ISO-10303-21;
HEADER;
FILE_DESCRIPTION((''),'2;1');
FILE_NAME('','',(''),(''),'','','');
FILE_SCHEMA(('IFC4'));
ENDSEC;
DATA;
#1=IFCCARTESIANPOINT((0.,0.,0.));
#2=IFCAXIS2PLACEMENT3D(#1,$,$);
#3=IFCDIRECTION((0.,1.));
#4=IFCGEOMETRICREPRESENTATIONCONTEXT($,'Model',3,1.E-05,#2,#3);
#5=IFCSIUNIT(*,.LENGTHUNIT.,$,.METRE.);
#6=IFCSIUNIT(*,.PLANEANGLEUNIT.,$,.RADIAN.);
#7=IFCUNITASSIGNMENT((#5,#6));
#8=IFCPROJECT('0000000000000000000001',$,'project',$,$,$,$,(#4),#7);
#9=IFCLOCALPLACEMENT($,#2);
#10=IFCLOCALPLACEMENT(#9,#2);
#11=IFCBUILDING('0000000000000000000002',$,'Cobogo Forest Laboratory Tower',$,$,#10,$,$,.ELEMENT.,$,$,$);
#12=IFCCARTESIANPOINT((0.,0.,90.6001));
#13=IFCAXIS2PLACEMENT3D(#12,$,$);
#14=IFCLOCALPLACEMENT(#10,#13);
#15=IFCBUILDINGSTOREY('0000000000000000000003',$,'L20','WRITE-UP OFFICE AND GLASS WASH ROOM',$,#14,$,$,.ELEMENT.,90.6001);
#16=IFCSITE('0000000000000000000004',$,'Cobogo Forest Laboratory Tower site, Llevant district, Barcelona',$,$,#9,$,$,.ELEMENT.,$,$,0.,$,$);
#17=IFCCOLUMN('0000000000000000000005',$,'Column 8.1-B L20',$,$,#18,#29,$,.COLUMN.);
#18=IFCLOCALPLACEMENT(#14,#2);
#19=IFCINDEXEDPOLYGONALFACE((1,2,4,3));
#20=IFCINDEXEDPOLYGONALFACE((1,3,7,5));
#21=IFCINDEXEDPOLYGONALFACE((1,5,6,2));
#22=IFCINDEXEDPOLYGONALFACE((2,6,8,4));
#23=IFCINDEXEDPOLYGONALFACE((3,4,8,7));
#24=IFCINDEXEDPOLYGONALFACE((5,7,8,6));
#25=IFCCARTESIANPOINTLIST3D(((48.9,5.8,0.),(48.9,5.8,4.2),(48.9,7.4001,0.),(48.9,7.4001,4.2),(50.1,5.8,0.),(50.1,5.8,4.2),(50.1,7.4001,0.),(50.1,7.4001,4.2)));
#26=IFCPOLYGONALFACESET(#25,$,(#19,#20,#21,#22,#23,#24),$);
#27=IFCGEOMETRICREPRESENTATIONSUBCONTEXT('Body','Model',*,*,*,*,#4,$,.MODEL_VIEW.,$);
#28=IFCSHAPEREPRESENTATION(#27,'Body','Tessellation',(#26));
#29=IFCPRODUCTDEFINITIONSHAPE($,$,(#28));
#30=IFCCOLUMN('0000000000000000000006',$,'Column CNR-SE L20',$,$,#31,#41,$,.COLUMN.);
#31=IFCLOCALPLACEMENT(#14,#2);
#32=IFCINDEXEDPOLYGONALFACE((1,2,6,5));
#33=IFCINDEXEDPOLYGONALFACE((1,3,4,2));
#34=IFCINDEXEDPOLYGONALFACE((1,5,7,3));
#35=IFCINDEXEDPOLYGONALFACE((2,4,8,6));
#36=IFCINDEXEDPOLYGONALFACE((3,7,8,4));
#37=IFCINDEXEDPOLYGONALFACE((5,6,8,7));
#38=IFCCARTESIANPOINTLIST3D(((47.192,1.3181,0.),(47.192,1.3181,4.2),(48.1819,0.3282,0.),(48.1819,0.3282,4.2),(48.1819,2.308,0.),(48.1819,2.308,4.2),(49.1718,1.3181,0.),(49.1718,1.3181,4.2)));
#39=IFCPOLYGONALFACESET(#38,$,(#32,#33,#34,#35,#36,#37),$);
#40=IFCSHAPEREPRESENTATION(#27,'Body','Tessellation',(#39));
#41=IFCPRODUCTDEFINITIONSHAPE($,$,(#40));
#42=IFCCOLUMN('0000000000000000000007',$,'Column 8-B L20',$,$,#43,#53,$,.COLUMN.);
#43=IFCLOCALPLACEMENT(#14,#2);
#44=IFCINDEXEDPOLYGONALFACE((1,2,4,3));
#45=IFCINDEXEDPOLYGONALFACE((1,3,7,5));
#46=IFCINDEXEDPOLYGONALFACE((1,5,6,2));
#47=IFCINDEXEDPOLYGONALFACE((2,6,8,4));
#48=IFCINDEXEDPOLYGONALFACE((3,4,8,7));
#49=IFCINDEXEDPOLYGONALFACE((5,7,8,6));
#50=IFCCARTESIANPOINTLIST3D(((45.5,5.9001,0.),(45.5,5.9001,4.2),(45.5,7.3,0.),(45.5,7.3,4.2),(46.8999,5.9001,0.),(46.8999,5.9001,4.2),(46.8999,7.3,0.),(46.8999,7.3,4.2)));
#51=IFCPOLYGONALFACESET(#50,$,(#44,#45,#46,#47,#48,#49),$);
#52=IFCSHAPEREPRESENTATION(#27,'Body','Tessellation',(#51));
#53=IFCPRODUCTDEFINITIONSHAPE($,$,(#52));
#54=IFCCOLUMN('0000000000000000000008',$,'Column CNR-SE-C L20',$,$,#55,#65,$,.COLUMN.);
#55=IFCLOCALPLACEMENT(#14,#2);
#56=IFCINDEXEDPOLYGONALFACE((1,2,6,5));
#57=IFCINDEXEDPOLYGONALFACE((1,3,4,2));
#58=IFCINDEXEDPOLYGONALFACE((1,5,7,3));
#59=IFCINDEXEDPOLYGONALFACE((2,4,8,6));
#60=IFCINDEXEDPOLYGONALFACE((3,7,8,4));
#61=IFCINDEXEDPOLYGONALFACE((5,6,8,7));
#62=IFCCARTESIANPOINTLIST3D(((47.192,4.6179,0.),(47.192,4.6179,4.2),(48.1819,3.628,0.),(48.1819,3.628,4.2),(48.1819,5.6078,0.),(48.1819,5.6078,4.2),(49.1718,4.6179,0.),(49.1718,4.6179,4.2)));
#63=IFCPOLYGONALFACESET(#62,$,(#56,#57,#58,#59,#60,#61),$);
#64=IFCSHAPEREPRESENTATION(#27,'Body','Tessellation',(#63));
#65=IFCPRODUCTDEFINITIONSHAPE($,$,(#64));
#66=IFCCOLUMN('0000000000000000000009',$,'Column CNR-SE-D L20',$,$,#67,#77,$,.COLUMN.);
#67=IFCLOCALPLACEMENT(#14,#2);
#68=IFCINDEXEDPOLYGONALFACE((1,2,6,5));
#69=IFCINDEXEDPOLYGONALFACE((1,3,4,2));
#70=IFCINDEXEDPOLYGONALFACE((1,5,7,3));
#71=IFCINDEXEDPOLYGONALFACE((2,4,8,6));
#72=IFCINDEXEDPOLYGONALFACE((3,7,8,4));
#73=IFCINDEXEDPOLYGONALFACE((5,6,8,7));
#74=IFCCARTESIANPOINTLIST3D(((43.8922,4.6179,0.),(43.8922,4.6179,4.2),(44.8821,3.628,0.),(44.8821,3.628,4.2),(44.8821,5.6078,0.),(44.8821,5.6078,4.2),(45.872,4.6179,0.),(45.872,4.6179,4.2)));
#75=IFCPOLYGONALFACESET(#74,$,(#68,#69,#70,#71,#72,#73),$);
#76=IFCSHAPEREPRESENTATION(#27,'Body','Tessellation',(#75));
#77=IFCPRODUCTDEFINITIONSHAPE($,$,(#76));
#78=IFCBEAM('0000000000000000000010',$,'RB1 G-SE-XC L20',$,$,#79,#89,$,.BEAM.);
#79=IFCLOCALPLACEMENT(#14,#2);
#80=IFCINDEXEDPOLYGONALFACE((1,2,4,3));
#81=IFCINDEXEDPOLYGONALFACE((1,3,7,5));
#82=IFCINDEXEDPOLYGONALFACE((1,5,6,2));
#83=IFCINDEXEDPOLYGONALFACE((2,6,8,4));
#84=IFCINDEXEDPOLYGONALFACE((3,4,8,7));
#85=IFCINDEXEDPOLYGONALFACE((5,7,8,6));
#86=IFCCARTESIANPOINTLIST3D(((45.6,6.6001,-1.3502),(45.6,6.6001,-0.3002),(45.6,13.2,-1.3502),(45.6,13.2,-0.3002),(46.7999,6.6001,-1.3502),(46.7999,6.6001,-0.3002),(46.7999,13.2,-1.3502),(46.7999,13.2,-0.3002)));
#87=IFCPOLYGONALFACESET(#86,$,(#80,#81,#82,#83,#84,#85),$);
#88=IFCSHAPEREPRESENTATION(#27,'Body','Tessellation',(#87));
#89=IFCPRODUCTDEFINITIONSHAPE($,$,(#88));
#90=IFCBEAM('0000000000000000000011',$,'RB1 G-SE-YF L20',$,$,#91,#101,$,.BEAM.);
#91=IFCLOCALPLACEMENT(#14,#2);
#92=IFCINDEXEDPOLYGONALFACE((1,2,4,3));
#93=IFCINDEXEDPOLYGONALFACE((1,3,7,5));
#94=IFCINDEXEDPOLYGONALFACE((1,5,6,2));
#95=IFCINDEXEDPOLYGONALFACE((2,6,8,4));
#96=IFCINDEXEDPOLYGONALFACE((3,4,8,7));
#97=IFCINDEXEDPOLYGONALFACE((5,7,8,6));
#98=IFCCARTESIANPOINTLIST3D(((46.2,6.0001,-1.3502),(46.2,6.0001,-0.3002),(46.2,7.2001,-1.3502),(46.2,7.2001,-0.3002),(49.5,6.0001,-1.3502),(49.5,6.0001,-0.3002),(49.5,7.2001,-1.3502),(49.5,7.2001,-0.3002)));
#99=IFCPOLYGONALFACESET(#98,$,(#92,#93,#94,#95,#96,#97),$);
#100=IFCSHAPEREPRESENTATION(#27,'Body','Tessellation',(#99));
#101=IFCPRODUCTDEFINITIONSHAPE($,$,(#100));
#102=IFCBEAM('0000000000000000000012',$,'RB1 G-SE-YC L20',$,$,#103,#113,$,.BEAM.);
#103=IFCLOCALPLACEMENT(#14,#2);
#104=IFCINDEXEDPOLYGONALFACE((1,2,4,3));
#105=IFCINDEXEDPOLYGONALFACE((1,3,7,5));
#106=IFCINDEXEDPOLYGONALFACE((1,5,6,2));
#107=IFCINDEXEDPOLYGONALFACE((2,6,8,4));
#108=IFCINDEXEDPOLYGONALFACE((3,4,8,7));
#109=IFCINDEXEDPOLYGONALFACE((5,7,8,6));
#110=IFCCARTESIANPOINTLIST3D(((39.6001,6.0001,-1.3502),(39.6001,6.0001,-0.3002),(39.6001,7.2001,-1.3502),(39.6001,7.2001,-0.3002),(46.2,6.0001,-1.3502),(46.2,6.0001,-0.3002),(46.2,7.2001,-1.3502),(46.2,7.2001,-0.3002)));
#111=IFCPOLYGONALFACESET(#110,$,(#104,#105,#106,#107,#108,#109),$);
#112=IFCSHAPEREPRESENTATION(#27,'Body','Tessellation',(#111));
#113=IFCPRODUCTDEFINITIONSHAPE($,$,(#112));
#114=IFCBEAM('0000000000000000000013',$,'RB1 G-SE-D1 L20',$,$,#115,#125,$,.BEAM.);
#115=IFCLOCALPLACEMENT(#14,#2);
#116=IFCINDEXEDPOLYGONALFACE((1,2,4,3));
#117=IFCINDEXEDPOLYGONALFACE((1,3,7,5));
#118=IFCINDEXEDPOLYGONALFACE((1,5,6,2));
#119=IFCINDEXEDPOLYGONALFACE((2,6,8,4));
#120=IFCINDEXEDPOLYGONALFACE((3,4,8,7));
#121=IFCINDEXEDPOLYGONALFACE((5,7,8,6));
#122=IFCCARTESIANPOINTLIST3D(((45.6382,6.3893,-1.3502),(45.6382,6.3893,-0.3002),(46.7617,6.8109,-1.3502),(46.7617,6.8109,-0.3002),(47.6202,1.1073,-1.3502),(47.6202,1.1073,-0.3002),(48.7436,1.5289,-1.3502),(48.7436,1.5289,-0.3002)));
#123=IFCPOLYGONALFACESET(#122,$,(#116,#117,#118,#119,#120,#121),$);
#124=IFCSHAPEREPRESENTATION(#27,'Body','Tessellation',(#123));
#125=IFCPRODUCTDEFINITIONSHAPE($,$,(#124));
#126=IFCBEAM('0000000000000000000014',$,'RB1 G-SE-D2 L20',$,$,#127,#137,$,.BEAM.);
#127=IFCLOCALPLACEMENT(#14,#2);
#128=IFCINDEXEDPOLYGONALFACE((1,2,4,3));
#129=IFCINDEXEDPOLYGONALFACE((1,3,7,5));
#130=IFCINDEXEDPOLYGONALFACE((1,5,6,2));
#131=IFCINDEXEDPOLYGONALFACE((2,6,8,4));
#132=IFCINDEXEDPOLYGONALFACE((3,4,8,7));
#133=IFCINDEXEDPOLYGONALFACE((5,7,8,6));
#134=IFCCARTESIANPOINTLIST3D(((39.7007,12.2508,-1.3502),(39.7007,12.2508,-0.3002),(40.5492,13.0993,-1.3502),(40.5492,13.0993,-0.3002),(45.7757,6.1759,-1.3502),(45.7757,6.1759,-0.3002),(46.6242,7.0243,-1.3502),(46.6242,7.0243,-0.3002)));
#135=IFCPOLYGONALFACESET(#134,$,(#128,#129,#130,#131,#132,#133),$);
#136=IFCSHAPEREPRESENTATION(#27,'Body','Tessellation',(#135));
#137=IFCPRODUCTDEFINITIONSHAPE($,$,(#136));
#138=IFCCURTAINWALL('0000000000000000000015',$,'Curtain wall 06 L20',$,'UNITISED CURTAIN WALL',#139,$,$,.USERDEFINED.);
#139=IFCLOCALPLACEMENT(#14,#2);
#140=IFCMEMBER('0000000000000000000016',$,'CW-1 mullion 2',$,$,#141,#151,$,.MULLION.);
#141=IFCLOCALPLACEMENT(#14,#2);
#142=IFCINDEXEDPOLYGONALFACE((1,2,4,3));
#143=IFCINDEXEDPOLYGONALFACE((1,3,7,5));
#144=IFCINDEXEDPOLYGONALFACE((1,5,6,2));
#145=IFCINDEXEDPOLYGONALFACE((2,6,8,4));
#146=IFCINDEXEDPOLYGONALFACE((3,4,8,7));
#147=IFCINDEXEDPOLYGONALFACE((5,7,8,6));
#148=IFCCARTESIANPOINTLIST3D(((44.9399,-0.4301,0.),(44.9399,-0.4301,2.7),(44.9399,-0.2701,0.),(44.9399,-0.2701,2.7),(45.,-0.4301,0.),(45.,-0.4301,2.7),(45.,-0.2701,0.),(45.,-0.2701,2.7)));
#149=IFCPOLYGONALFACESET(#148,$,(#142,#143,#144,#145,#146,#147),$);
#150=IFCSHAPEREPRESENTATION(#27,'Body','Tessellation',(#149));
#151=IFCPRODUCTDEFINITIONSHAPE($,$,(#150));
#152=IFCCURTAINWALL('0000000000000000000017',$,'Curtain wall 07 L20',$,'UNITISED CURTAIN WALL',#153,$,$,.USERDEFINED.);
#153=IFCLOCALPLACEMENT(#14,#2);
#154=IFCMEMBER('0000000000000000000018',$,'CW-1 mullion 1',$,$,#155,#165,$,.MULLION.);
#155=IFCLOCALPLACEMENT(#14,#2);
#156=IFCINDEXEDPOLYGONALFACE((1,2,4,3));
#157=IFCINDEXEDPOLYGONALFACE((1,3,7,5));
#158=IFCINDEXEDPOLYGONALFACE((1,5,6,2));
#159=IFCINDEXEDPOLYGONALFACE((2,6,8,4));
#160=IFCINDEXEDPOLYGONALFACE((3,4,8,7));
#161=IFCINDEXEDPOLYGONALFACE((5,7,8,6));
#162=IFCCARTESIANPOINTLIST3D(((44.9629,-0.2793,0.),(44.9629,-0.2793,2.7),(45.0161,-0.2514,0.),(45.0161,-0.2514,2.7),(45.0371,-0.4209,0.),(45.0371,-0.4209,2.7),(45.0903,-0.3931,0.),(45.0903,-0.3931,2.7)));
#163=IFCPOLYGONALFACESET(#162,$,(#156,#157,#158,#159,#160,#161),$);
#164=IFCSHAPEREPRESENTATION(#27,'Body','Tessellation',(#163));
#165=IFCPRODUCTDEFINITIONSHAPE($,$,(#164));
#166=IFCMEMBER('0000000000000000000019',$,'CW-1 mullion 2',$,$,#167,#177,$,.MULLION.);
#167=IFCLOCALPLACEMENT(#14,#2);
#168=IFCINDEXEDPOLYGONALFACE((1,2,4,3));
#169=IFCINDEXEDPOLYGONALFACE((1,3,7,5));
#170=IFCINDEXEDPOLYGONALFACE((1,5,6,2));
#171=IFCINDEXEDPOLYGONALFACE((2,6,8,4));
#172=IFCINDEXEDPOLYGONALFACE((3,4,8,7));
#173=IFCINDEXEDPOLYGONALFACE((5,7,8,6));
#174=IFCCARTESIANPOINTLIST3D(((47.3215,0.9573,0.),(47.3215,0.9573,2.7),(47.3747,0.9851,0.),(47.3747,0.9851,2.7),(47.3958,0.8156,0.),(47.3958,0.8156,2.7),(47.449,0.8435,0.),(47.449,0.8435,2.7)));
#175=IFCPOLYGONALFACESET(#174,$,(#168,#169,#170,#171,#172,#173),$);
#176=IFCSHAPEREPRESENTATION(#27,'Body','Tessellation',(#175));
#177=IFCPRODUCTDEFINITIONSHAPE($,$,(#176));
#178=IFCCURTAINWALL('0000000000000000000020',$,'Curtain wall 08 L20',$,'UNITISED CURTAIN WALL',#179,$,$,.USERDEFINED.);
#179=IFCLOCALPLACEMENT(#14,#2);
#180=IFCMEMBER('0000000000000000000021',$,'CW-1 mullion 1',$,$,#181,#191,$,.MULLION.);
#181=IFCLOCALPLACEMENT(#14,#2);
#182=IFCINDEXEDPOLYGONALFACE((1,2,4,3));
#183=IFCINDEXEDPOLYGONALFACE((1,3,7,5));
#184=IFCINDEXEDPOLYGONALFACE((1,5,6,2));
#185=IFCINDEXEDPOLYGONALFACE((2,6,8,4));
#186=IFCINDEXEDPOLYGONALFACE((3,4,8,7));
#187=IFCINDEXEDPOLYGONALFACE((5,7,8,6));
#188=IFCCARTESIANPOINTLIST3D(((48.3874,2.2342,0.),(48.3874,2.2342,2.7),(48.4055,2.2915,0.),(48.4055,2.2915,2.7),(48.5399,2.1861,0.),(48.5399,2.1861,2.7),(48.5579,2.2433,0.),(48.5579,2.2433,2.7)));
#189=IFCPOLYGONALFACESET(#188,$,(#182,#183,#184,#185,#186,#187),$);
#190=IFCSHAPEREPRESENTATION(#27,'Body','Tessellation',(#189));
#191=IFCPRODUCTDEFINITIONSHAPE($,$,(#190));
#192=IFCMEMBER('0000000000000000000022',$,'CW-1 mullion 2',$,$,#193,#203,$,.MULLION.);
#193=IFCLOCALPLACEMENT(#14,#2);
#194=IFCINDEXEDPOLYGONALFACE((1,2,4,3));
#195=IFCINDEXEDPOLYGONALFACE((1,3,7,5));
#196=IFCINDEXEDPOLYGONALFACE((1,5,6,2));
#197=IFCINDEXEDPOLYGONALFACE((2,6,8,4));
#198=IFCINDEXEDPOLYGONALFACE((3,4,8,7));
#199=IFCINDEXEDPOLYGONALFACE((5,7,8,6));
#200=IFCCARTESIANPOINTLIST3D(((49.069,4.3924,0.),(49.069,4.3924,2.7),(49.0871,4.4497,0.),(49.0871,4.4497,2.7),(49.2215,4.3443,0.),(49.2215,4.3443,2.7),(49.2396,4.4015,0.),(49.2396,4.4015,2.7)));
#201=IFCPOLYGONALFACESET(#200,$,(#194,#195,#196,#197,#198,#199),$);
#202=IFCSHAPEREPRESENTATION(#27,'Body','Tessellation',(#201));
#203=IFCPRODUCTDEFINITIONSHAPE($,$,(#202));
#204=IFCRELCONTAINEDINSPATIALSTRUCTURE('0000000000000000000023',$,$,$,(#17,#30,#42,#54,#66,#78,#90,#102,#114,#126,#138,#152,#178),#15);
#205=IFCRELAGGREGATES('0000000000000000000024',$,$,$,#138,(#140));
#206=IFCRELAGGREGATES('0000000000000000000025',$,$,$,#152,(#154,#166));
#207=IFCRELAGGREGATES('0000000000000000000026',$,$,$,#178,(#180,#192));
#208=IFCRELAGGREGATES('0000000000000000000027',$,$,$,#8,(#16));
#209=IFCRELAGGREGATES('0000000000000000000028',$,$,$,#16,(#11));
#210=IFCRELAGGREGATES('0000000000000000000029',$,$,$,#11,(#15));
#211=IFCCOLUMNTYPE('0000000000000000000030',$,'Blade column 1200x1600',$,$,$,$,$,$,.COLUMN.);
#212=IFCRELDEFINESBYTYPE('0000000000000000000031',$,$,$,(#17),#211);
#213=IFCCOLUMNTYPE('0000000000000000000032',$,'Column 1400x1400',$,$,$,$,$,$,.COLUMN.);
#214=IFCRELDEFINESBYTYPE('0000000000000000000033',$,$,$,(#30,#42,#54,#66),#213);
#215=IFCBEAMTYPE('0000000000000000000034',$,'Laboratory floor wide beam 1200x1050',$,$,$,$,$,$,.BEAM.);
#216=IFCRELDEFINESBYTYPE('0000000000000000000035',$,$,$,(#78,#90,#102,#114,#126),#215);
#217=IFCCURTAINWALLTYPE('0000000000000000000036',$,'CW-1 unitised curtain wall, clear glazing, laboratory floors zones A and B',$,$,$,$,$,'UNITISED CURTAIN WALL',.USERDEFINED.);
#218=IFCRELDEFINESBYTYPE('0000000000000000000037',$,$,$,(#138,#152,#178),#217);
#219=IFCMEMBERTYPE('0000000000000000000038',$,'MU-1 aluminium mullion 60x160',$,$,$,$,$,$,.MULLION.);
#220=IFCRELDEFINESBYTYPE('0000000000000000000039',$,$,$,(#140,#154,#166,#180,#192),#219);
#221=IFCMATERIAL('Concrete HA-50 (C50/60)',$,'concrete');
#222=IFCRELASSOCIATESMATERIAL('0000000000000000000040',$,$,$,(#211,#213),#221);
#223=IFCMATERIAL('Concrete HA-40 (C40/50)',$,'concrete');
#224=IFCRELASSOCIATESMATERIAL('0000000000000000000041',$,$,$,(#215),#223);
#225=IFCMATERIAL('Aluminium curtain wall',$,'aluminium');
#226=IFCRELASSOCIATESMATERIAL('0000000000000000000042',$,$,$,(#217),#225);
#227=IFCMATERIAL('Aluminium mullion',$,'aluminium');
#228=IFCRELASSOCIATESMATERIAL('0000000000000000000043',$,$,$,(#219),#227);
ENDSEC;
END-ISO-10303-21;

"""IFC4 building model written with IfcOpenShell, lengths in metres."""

from ifc_helpers import new_model, si_unit, direction, frame, origin, origin_2d, place, context, subcontext, project, spatial, rectangle, extrude, material, material_profile, profile_set, type_object, element, aggregate, save


model = new_model("IFC4")

# Units and contexts
model_context = context("Model", 3, precision=1e-05, world=origin(), true_north=direction((0.0, 1.0)))
body_context = subcontext(model_context, "Body", "Model", "MODEL_VIEW")
ifc_project = project(units=[si_unit("LENGTHUNIT", "METRE"), si_unit("PLANEANGLEUNIT", "RADIAN")], contexts=[model_context])

# Site, building, storey
site_placement = place(None, origin())
site = spatial("IfcSite", under=ifc_project, at=site_placement, Name="Cobogo Forest Laboratory Tower site, Llevant district, Barcelona", CompositionType="ELEMENT", RefElevation=0.0)
building_placement = place(site_placement, origin())
building = spatial("IfcBuilding", under=site, at=building_placement, Name="Cobogo Forest Laboratory Tower", CompositionType="ELEMENT")
storey_placement = place(building_placement, frame((0.0, 0.0, 90.6001)))
storey = spatial("IfcBuildingStorey", under=building, at=storey_placement, Name="L20", Description="WRITE-UP OFFICE AND GLASS WASH ROOM", CompositionType="ELEMENT", Elevation=90.6001)

# Columns
ifc_material_1 = material(Name="Concrete HA-50 (C50/60)", Category="concrete")
ifc_material_profile_1 = material_profile(ifc_material_1, rectangle(XDim=1.6001, YDim=1.2, at=origin_2d()), Name="RC 1200x1600")
ifc_profile_set_1 = profile_set([ifc_material_profile_1], Name="Concrete HA-50 (C50/60)")
column_type_1 = type_object("IfcColumnType", Name="Blade column 1200x1600", PredefinedType="COLUMN", material=ifc_profile_set_1)
column_placement = place(storey_placement, frame((49.5, 6.6001, 0.0), z_axis=(0.0, 0.0, 1.0), x_axis=(0.0, 1.0, 0.0)))
element("IfcColumn", 1, at=column_placement, inside=storey, type_object=column_type_1, Name="Column 8.1-B L20", PredefinedType="COLUMN", context=body_context, shape_type="SweptSolid", body=[
    extrude(rectangle(XDim=1.6001, YDim=1.2, at=origin_2d()), origin(), (0.0, 0.0, 1.0), 4.2),
])
ifc_material_profile_2 = material_profile(ifc_material_1, rectangle(XDim=1.3999, YDim=1.3999, at=origin_2d()), Name="RC 1400x1400")
ifc_profile_set_2 = profile_set([ifc_material_profile_2], Name="Concrete HA-50 (C50/60)")
column_type_2 = type_object("IfcColumnType", Name="Column 1400x1400", PredefinedType="COLUMN", material=ifc_profile_set_2)
for number, where, z_axis, x_axis, name in (
    (2, (48.1819, 1.3181, 0.0), (0.0, 0.0, 1.0), (0.707107, 0.707107, 0.0), "Column CNR-SE L20"),
    (3, (46.2, 6.6001, 0.0), (0.0, 0.0, 1.0), (1.0, 0.0, 0.0), "Column 8-B L20"),
    (4, (48.1819, 4.6179, 0.0), (0.0, 0.0, 1.0), (0.707107, 0.707107, 0.0), "Column CNR-SE-C L20"),
    (5, (44.8821, 4.6179, 0.0), (0.0, 0.0, 1.0), (0.707107, 0.707107, 0.0), "Column CNR-SE-D L20"),
):
    element("IfcColumn", number, at=place(storey_placement, frame(where, z_axis=z_axis, x_axis=x_axis)), inside=storey, type_object=column_type_2, Name=name, PredefinedType="COLUMN", context=body_context, shape_type="SweptSolid", body=[
        extrude(rectangle(XDim=1.3999, YDim=1.3999, at=origin_2d()), origin(), (0.0, 0.0, 1.0), 4.2),
    ])

# Beams
ifc_material_2 = material(Name="Concrete HA-40 (C40/50)", Category="concrete")
ifc_material_profile_3 = material_profile(ifc_material_2, rectangle(XDim=1.2, YDim=1.05, at=origin_2d()), Name="RC 1200x1050")
ifc_profile_set_3 = profile_set([ifc_material_profile_3], Name="Concrete HA-40 (C40/50)")
beam_type_1 = type_object("IfcBeamType", Name="Laboratory floor wide beam 1200x1050", PredefinedType="BEAM", material=ifc_profile_set_3)
beam_1_placement = place(storey_placement, frame((46.2, 6.6001, -0.8252), z_axis=(0.0, 1.0, 0.0), x_axis=(-1.0, 0.0, 0.0)))
element("IfcBeam", 6, at=beam_1_placement, inside=storey, type_object=beam_type_1, Name="RB1 G-SE-XC L20", PredefinedType="BEAM", context=body_context, shape_type="SweptSolid", body=[
    extrude(rectangle(XDim=1.2, YDim=1.05, at=origin_2d()), origin(), (0.0, 0.0, 1.0), 6.5999),
])
beam_2_placement = place(storey_placement, frame((49.5, 6.6001, -0.8252), z_axis=(-1.0, 0.0, 0.0), x_axis=(0.0, -1.0, 0.0)))
element("IfcBeam", 7, at=beam_2_placement, inside=storey, type_object=beam_type_1, Name="RB1 G-SE-YF L20", PredefinedType="BEAM", context=body_context, shape_type="SweptSolid", body=[
    extrude(rectangle(XDim=1.2, YDim=1.05, at=origin_2d()), origin(), (0.0, 0.0, 1.0), 3.3),
])
beam_3_placement = place(storey_placement, frame((46.2, 6.6001, -0.8252), z_axis=(-1.0, 0.0, 0.0), x_axis=(0.0, -1.0, 0.0)))
element("IfcBeam", 8, at=beam_3_placement, inside=storey, type_object=beam_type_1, Name="RB1 G-SE-YC L20", PredefinedType="BEAM", context=body_context, shape_type="SweptSolid", body=[
    extrude(rectangle(XDim=1.2, YDim=1.05, at=origin_2d()), origin(), (0.0, 0.0, 1.0), 6.5999),
])
beam_4_placement = place(storey_placement, frame((48.1819, 1.3181, -0.8252), z_axis=(-0.351308, 0.93626, 0.0), x_axis=(-0.93626, -0.351308, 0.0)))
element("IfcBeam", 9, at=beam_4_placement, inside=storey, type_object=beam_type_1, Name="RB1 G-SE-D1 L20", PredefinedType="BEAM", context=body_context, shape_type="SweptSolid", body=[
    extrude(rectangle(XDim=1.2, YDim=1.05, at=origin_2d()), origin(), (0.0, 0.0, 1.0), 5.6416),
])
beam_5_placement = place(storey_placement, frame((46.2, 6.6001, -0.8252), z_axis=(-0.707107, 0.707107, 0.0), x_axis=(-0.707107, -0.707107, 0.0)))
element("IfcBeam", 10, at=beam_5_placement, inside=storey, type_object=beam_type_1, Name="RB1 G-SE-D2 L20", PredefinedType="BEAM", context=body_context, shape_type="SweptSolid", body=[
    extrude(rectangle(XDim=1.2, YDim=1.05, at=origin_2d()), origin(), (0.0, 0.0, 1.0), 8.5913),
])

# Curtain wall, member
ifc_material_3 = material(Name="Aluminium curtain wall", Category="aluminium")
curtain_wall_type = type_object("IfcCurtainWallType", Name="CW-1 unitised curtain wall, clear glazing, laboratory floors zones A and B", ElementType="UNITISED CURTAIN WALL", PredefinedType="USERDEFINED", material=ifc_material_3)
curtain_wall_1_placement = place(storey_placement, origin())
curtain_wall_1 = element("IfcCurtainWall", 11, at=curtain_wall_1_placement, inside=storey, type_object=curtain_wall_type, Name="Curtain wall 06 L20", ObjectType="UNITISED CURTAIN WALL", PredefinedType="USERDEFINED")
ifc_material_4 = material(Name="Aluminium mullion", Category="aluminium")
ifc_material_profile_4 = material_profile(ifc_material_4, rectangle(XDim=0.0601, YDim=0.1599, at=origin_2d()), Name="AL 60x160")
ifc_profile_set_4 = profile_set([ifc_material_profile_4], Name="Aluminium mullion")
member_type_1 = type_object("IfcMemberType", Name="MU-1 aluminium mullion 60x160", PredefinedType="MULLION", material=ifc_profile_set_4)
member_1_placement = place(storey_placement, frame((44.97, -0.3501, 0.0), z_axis=(0.0, 0.0, 1.0), x_axis=(1.0, 0.0, 0.0)))
member_1 = element("IfcMember", 12, at=member_1_placement, type_object=member_type_1, Name="CW-1 mullion 2", PredefinedType="MULLION", context=body_context, shape_type="SweptSolid", body=[
    extrude(rectangle(XDim=0.0601, YDim=0.1599, at=origin_2d()), origin(), (0.0, 0.0, 1.0), 2.7),
])

# Curtain walls, members
curtain_wall_2_placement = place(storey_placement, origin())
curtain_wall_2 = element("IfcCurtainWall", 13, at=curtain_wall_2_placement, inside=storey, type_object=curtain_wall_type, Name="Curtain wall 07 L20", ObjectType="UNITISED CURTAIN WALL", PredefinedType="USERDEFINED")
member_2_placement = place(storey_placement, frame((45.0266, -0.3362, 0.0), z_axis=(0.0, 0.0, 1.0), x_axis=(0.885687, 0.464284, 0.0)))
member_2 = element("IfcMember", 14, at=member_2_placement, type_object=member_type_1, Name="CW-1 mullion 1", PredefinedType="MULLION", context=body_context, shape_type="SweptSolid", body=[
    extrude(rectangle(XDim=0.0601, YDim=0.1599, at=origin_2d()), origin(), (0.0, 0.0, 1.0), 2.7),
])
member_3_placement = place(storey_placement, frame((47.3853, 0.9004, 0.0), z_axis=(0.0, 0.0, 1.0), x_axis=(0.885687, 0.464284, 0.0)))
member_3 = element("IfcMember", 15, at=member_3_placement, type_object=member_type_1, Name="CW-1 mullion 2", PredefinedType="MULLION", context=body_context, shape_type="SweptSolid", body=[
    extrude(rectangle(XDim=0.0601, YDim=0.1599, at=origin_2d()), origin(), (0.0, 0.0, 1.0), 2.7),
])
curtain_wall_3_placement = place(storey_placement, origin())
curtain_wall_3 = element("IfcCurtainWall", 16, at=curtain_wall_3_placement, inside=storey, type_object=curtain_wall_type, Name="Curtain wall 08 L20", ObjectType="UNITISED CURTAIN WALL", PredefinedType="USERDEFINED")
member_4_placement = place(storey_placement, frame((48.4727, 2.2388, 0.0), z_axis=(0.0, 0.0, 1.0), x_axis=(0.301135, 0.953581, 0.0)))
member_4 = element("IfcMember", 17, at=member_4_placement, type_object=member_type_1, Name="CW-1 mullion 1", PredefinedType="MULLION", context=body_context, shape_type="SweptSolid", body=[
    extrude(rectangle(XDim=0.0601, YDim=0.1599, at=origin_2d()), origin(), (0.0, 0.0, 1.0), 2.7),
])
member_5_placement = place(storey_placement, frame((49.1543, 4.397, 0.0), z_axis=(0.0, 0.0, 1.0), x_axis=(0.301135, 0.953581, 0.0)))
member_5 = element("IfcMember", 18, at=member_5_placement, type_object=member_type_1, Name="CW-1 mullion 2", PredefinedType="MULLION", context=body_context, shape_type="SweptSolid", body=[
    extrude(rectangle(XDim=0.0601, YDim=0.1599, at=origin_2d()), origin(), (0.0, 0.0, 1.0), 2.7),
])

aggregate(curtain_wall_1, [member_1])
aggregate(curtain_wall_2, [member_2, member_3])
aggregate(curtain_wall_3, [member_4, member_5])

save(model, "model.ifc")
